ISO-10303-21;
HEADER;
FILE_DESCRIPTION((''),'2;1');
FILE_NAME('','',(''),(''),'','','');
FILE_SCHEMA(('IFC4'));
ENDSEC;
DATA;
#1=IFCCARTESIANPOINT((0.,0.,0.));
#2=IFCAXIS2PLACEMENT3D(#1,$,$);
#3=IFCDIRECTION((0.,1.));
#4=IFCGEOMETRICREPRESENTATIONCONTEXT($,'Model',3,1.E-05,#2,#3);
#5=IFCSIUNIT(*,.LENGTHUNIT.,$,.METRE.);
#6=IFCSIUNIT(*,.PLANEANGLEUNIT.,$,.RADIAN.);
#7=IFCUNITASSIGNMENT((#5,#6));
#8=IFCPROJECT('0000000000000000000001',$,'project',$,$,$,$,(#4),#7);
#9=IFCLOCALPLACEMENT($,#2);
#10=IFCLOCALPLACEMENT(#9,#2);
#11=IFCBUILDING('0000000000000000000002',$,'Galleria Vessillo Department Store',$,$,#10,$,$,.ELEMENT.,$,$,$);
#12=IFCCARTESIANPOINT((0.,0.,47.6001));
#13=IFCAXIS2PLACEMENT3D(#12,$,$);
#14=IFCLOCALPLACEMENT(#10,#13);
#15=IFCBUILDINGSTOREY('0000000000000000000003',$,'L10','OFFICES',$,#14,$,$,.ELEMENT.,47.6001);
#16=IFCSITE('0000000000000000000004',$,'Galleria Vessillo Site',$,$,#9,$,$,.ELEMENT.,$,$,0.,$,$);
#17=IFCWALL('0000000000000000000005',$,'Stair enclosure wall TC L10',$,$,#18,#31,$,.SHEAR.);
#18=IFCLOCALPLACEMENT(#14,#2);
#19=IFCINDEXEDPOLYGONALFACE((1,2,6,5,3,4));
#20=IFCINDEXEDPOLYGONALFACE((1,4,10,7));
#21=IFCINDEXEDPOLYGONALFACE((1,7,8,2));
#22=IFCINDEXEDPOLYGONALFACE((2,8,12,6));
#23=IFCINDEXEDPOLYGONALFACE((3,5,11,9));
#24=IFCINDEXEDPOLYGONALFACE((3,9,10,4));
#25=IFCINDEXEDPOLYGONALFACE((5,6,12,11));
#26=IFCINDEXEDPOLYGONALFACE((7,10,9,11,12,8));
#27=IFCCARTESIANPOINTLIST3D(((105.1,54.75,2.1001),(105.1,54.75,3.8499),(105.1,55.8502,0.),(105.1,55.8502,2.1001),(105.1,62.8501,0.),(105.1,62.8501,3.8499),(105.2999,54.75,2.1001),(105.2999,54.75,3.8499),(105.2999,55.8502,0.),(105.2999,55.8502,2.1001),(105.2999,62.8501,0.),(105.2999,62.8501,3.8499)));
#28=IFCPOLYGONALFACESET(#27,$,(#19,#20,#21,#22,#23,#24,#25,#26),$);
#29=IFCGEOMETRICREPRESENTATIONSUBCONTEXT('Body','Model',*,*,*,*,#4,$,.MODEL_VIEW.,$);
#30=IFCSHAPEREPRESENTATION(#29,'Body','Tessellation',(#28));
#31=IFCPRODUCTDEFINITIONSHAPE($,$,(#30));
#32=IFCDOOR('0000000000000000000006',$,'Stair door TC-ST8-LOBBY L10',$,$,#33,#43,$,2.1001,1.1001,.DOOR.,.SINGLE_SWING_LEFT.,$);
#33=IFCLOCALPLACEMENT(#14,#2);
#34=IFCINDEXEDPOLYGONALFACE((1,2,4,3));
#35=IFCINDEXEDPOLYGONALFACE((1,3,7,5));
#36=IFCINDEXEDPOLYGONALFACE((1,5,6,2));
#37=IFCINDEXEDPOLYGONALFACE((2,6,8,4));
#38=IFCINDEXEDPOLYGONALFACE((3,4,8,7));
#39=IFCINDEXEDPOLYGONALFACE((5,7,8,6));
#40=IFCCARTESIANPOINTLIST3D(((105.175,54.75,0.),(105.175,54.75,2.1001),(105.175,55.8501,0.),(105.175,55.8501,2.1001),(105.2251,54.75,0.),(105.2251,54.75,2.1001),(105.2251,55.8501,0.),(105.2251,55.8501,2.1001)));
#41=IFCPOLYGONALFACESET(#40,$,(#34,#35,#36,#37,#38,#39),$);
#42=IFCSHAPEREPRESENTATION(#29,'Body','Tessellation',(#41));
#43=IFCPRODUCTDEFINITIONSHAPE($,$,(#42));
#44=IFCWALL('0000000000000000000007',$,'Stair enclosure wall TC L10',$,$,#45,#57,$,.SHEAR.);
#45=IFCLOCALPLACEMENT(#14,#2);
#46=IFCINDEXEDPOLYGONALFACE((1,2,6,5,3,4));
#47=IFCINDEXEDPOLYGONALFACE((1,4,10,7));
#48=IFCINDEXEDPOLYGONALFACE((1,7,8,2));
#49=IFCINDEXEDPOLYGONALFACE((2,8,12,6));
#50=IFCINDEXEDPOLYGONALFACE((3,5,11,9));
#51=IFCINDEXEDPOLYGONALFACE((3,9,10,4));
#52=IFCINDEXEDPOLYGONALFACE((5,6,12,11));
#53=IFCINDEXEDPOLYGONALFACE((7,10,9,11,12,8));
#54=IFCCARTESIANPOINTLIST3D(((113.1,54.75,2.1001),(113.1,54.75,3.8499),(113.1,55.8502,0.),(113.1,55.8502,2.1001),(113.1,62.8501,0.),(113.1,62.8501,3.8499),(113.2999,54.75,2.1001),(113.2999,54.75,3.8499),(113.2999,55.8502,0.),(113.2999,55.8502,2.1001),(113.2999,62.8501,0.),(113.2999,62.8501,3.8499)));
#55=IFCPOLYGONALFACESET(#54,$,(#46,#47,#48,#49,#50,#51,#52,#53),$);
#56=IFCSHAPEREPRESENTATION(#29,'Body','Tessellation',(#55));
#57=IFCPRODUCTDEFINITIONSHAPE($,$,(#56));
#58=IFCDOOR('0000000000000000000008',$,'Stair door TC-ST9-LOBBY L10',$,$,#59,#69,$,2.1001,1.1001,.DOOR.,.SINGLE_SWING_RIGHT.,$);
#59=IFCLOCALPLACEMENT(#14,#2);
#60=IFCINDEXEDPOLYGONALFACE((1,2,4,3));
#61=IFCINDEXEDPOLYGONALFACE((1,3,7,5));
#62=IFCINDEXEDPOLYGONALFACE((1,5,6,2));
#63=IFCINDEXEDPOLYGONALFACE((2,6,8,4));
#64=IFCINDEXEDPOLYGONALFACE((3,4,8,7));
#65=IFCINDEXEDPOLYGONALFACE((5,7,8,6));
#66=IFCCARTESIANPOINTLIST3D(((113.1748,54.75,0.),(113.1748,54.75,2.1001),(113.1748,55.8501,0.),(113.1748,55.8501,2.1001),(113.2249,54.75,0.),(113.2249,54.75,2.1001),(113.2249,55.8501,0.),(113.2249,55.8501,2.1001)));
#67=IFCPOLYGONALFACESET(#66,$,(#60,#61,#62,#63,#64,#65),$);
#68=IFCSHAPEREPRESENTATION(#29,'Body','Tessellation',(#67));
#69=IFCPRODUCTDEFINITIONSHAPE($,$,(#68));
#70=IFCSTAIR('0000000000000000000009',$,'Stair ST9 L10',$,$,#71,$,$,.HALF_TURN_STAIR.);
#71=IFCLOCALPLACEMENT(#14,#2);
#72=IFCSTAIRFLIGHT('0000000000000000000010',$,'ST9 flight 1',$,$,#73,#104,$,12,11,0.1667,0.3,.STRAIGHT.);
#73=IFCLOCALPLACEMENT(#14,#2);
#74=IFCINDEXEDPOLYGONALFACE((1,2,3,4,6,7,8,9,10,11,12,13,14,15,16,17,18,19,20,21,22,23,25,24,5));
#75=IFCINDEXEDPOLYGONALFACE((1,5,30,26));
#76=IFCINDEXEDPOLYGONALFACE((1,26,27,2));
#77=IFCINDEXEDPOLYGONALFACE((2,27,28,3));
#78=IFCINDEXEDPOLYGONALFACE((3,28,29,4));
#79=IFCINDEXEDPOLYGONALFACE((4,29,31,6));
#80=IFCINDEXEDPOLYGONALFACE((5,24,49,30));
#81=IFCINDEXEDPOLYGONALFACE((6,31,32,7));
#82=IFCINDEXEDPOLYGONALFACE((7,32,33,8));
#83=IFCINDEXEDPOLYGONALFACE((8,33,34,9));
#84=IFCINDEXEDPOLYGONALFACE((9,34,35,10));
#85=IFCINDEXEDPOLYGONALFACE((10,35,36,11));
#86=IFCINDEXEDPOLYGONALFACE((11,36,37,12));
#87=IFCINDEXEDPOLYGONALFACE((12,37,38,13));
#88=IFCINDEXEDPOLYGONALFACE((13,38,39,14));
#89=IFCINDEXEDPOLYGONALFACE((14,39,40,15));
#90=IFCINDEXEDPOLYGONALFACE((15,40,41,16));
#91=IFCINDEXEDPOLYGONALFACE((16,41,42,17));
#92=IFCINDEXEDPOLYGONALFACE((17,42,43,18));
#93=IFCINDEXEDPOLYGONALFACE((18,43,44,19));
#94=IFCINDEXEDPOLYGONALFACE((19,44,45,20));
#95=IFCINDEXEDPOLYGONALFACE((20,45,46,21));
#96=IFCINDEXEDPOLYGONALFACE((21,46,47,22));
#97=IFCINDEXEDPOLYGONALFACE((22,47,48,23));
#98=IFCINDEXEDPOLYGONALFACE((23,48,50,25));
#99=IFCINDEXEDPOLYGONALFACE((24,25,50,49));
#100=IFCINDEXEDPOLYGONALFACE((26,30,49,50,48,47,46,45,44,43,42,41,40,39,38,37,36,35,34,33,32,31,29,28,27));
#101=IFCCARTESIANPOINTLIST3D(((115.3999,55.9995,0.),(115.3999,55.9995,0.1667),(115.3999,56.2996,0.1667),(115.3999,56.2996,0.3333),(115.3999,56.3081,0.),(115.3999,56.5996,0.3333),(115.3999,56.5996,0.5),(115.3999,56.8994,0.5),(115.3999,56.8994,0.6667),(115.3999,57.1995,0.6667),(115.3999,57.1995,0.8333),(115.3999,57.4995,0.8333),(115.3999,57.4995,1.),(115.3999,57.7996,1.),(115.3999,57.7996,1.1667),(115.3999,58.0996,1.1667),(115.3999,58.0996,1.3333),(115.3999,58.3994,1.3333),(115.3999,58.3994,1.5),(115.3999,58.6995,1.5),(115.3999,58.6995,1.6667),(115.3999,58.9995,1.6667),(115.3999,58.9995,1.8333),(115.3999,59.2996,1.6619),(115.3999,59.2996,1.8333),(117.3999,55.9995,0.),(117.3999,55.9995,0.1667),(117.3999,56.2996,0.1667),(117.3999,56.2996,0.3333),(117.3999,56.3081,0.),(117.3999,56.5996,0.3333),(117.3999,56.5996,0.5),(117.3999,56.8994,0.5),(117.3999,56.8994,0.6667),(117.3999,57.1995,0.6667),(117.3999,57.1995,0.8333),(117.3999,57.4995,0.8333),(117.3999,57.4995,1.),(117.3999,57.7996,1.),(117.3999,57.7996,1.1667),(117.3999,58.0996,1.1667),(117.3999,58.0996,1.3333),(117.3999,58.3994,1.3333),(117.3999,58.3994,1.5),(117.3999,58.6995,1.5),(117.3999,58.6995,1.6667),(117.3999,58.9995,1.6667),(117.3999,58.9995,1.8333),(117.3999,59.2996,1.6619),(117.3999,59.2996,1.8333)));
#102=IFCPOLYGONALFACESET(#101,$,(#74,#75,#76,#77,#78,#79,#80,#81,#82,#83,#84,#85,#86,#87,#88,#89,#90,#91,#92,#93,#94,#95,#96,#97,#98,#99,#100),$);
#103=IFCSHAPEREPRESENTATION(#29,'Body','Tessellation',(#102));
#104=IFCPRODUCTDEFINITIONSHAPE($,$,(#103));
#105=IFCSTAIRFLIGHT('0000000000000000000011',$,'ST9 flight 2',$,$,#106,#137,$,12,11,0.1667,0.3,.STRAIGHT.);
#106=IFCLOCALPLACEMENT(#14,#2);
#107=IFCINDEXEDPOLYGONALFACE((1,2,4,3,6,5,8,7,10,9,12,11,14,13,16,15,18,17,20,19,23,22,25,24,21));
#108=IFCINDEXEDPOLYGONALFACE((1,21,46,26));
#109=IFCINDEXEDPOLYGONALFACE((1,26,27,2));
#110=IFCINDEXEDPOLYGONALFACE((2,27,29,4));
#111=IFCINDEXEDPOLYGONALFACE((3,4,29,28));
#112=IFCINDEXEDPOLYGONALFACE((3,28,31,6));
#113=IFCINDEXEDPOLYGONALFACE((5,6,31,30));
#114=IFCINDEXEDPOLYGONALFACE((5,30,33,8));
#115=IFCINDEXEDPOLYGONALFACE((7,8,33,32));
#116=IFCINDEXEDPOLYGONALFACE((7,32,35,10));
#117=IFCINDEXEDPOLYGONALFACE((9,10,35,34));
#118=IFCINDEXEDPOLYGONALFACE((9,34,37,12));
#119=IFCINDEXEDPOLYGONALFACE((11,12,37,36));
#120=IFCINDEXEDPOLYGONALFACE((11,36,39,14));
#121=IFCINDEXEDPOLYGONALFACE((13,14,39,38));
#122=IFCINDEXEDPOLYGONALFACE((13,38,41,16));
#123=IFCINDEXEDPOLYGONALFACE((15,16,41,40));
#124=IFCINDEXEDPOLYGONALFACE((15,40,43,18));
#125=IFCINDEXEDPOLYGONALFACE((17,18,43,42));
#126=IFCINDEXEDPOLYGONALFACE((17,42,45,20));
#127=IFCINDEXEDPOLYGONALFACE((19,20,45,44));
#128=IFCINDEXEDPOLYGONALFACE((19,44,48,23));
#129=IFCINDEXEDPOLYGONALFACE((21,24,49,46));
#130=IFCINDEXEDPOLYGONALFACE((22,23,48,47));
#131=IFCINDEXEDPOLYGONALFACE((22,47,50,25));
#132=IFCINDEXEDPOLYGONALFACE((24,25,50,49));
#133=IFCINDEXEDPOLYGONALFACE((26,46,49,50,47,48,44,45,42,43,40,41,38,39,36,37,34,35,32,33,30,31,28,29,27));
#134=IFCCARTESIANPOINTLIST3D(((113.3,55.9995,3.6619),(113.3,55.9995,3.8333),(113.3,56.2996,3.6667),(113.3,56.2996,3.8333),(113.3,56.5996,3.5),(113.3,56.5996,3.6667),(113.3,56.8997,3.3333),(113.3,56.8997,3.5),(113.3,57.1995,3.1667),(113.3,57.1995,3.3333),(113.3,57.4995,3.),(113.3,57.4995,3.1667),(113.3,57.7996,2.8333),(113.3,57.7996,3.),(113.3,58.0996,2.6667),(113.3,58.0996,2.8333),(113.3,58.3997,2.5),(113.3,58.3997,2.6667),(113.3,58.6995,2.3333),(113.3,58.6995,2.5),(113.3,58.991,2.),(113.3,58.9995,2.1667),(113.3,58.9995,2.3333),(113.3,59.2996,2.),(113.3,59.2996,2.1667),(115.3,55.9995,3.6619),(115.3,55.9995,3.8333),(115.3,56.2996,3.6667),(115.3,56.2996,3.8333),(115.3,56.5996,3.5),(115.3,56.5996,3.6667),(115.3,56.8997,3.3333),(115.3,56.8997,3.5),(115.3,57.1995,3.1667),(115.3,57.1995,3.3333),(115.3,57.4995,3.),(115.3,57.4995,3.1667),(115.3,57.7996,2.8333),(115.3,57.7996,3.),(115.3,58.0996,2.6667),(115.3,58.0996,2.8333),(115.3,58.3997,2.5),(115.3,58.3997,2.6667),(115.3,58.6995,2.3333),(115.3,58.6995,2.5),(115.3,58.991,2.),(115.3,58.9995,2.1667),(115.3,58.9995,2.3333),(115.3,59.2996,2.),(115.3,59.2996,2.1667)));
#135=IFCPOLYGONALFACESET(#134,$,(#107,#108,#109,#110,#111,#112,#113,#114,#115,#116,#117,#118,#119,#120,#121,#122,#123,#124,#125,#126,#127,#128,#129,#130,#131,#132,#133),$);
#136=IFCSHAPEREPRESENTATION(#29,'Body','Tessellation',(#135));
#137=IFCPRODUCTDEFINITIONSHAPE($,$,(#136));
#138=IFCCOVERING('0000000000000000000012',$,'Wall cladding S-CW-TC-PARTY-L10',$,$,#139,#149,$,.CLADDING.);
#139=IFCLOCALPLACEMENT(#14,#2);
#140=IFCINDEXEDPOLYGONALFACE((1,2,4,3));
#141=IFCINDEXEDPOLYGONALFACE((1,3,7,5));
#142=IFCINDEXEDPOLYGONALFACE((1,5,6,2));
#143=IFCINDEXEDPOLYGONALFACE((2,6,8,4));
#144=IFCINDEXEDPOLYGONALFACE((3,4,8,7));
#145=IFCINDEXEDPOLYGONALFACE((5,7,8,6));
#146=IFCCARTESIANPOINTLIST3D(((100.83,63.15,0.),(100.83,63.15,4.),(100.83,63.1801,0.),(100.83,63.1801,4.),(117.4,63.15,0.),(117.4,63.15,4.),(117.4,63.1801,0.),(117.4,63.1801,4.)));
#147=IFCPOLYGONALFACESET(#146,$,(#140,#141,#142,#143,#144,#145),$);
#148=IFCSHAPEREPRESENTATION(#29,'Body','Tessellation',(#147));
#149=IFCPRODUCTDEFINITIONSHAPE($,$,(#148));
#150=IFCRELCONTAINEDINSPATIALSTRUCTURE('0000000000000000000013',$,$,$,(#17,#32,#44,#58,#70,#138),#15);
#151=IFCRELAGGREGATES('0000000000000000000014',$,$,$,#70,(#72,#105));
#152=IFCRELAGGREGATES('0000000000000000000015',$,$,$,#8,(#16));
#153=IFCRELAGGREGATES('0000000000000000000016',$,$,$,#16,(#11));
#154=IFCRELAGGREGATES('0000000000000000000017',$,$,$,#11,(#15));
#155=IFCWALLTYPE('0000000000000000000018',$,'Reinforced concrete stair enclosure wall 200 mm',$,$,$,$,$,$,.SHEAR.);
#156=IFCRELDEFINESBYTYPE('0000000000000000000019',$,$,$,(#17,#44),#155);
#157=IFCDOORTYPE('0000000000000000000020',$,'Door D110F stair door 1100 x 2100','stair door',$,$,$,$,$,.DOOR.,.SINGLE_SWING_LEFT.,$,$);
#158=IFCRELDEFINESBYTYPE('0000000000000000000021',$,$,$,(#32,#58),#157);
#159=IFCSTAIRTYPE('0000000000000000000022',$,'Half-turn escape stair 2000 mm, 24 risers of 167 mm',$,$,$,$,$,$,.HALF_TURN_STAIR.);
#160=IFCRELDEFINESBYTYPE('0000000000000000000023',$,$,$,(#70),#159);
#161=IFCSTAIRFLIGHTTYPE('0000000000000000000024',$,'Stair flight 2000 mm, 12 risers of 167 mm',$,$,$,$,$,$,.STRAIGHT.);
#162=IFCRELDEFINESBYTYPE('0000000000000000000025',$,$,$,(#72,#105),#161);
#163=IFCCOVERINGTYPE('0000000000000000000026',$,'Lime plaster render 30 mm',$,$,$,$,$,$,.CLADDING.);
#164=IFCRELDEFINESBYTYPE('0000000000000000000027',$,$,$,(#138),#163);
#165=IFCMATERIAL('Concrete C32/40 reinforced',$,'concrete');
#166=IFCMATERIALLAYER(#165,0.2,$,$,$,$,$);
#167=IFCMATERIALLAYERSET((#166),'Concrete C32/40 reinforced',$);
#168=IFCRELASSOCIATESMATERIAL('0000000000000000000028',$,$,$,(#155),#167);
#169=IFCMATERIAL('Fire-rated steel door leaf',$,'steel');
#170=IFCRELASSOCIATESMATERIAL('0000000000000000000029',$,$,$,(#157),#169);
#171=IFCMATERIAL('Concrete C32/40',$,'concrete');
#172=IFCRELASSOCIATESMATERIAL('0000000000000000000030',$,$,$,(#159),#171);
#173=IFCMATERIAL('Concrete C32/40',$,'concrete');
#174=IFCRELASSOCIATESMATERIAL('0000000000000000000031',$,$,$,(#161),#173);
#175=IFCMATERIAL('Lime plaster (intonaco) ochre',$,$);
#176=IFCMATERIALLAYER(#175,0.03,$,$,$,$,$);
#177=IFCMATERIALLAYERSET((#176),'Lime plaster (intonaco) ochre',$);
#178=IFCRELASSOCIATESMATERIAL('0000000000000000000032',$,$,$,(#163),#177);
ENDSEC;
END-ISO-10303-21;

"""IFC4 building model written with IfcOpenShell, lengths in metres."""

from ifc_helpers import new_model, si_unit, direction, frame, frame_2d, origin, origin_2d, place, context, subcontext, project, spatial, polyline, rectangle, outline, extrude, material, layer, layer_set, type_object, element, fill, aggregate, save


model = new_model("IFC4")

# Units and contexts
model_context = context("Model", 3, precision=1e-05, world=origin(), true_north=direction((0.0, 1.0)))
body_context = subcontext(model_context, "Body", "Model", "MODEL_VIEW")
ifc_project = project(units=[si_unit("LENGTHUNIT", "METRE"), si_unit("PLANEANGLEUNIT", "RADIAN")], contexts=[model_context])

# Site, building, storey
site_placement = place(None, origin())
site = spatial("IfcSite", under=ifc_project, at=site_placement, Name="Galleria Vessillo Site", CompositionType="ELEMENT", RefElevation=0.0)
building_placement = place(site_placement, origin())
building = spatial("IfcBuilding", under=site, at=building_placement, Name="Galleria Vessillo Department Store", CompositionType="ELEMENT")
storey_placement = place(building_placement, frame((0.0, 0.0, 47.6001)))
storey = spatial("IfcBuildingStorey", under=building, at=storey_placement, Name="L10", Description="OFFICES", CompositionType="ELEMENT", Elevation=47.6001)

# Walls, openings, doors
ifc_material_1 = material(Name="Concrete C32/40 reinforced", Category="concrete")
ifc_layer_1 = layer(ifc_material_1, 0.2)
ifc_layer_set_1 = layer_set([ifc_layer_1], Name="Concrete C32/40 reinforced")
wall_type_1 = type_object("IfcWallType", Name="Reinforced concrete stair enclosure wall 200 mm", PredefinedType="SHEAR", material=ifc_layer_set_1)
wall_1_placement = place(storey_placement, frame((105.2, 62.8501, 0.0), z_axis=(0.0, 0.0, 1.0), x_axis=(0.0, -1.0, 0.0)))
wall_1 = element("IfcWall", 1, at=wall_1_placement, inside=storey, type_object=wall_type_1, Name="Stair enclosure wall TC L10", PredefinedType="SHEAR", context=body_context, shape_type="SweptSolid", body=[
    extrude(rectangle(XDim=8.1001, YDim=0.2, at=frame_2d((4.05, 0.0))), origin(), (0.0, 0.0, 1.0), 3.8499),
])
opening_1_placement = place(wall_1_placement, frame((7.0, 0.0, 0.0)))
opening_1 = element("IfcOpeningElement", 2, at=opening_1_placement, cuts=wall_1, PredefinedType="OPENING", context=body_context, shape_type="SweptSolid", body=[
    extrude(rectangle(XDim=1.1101, YDim=2.1001, at=frame_2d((0.5549, 1.05))), frame((0.0, 0.1099, 0.0), z_axis=(0.0, -1.0, 0.0), x_axis=(1.0, 0.0, 0.0)), (0.0, 0.0, 1.0), 0.22),
])
ifc_material_2 = material(Name="Fire-rated steel door leaf", Category="steel")
door_type_1 = type_object("IfcDoorType", Name="Door D110F stair door 1100 x 2100", Description="stair door", OperationType="SINGLE_SWING_LEFT", PredefinedType="DOOR", material=ifc_material_2)
door_1_placement = place(opening_1_placement, frame((1.1001, 0.0, 0.0), z_axis=(0.0, 0.0, 1.0), x_axis=(-1.0, 0.0, 0.0)))
door_1 = element("IfcDoor", 3, at=door_1_placement, inside=storey, type_object=door_type_1, Name="Stair door TC-ST8-LOBBY L10", OperationType="SINGLE_SWING_LEFT", OverallHeight=2.1001, OverallWidth=1.1001, PredefinedType="DOOR", context=body_context, shape_type="SweptSolid", body=[
    extrude(rectangle(XDim=1.1001, YDim=2.1001, at=frame_2d((0.55, 1.05))), frame((0.0, 0.0249, 0.0), z_axis=(0.0, -1.0, 0.0), x_axis=(1.0, 0.0, 0.0)), (0.0, 0.0, 1.0), 0.05),
])
fill(opening_1, door_1)
wall_2_placement = place(storey_placement, frame((113.2, 62.8501, 0.0), z_axis=(0.0, 0.0, 1.0), x_axis=(0.0, -1.0, 0.0)))
wall_2 = element("IfcWall", 4, at=wall_2_placement, inside=storey, type_object=wall_type_1, Name="Stair enclosure wall TC L10", PredefinedType="SHEAR", context=body_context, shape_type="SweptSolid", body=[
    extrude(rectangle(XDim=8.1001, YDim=0.2, at=frame_2d((4.05, 0.0))), origin(), (0.0, 0.0, 1.0), 3.8499),
])
opening_2_placement = place(wall_2_placement, frame((7.0, 0.0, 0.0)))
opening_2 = element("IfcOpeningElement", 5, at=opening_2_placement, cuts=wall_2, PredefinedType="OPENING", context=body_context, shape_type="SweptSolid", body=[
    extrude(rectangle(XDim=1.1101, YDim=2.1001, at=frame_2d((0.5549, 1.05))), frame((0.0, 0.1099, 0.0), z_axis=(0.0, -1.0, 0.0), x_axis=(1.0, 0.0, 0.0)), (0.0, 0.0, 1.0), 0.22),
])
door_2_placement = place(opening_2_placement, origin())
door_2 = element("IfcDoor", 6, at=door_2_placement, inside=storey, type_object=door_type_1, Name="Stair door TC-ST9-LOBBY L10", OperationType="SINGLE_SWING_RIGHT", OverallHeight=2.1001, OverallWidth=1.1001, PredefinedType="DOOR", context=body_context, shape_type="SweptSolid", body=[
    extrude(rectangle(XDim=1.1001, YDim=2.1001, at=frame_2d((0.55, 1.05))), frame((0.0, 0.0249, 0.0), z_axis=(0.0, -1.0, 0.0), x_axis=(1.0, 0.0, 0.0)), (0.0, 0.0, 1.0), 0.05),
])
fill(opening_2, door_2)

# Stair, stair flights
ifc_material_3 = material(Name="Concrete C32/40", Category="concrete")
stair_type = type_object("IfcStairType", Name="Half-turn escape stair 2000 mm, 24 risers of 167 mm", PredefinedType="HALF_TURN_STAIR", material=ifc_material_3)
stair_placement = place(storey_placement, origin())
stair = element("IfcStair", 7, at=stair_placement, inside=storey, type_object=stair_type, Name="Stair ST9 L10", PredefinedType="HALF_TURN_STAIR")
ifc_material_4 = material(Name="Concrete C32/40", Category="concrete")
stair_flight_type = type_object("IfcStairFlightType", Name="Stair flight 2000 mm, 12 risers of 167 mm", PredefinedType="STRAIGHT", material=ifc_material_4)
stair_flight_1_placement = place(storey_placement, frame((116.3999, 55.9995, 0.0), z_axis=(0.0, 0.0, 1.0), x_axis=(0.0, 1.0, 0.0)))
stair_flight_1 = element("IfcStairFlight", 8, at=stair_flight_1_placement, type_object=stair_flight_type, Name="ST9 flight 1", NumberOfRisers=12, NumberOfTreads=11, PredefinedType="STRAIGHT", RiserHeight=0.1667, TreadLength=0.3, context=body_context, shape_type="SweptSolid", body=[
    extrude(outline(polyline([(0.0, 0.0), (0.0, 0.1667), (0.3, 0.1667), (0.3, 0.3333), (0.6001, 0.3333), (0.6001, 0.5), (0.8999, 0.5), (0.8999, 0.6667), (1.2, 0.6667), (1.2, 0.8333), (1.5, 0.8333), (1.5, 1.0), (1.8, 1.0), (1.8, 1.1667), (2.1001, 1.1667), (2.1001, 1.3333), (2.3999, 1.3333), (2.3999, 1.5), (2.7, 1.5), (2.7, 1.6667), (3.0, 1.6667), (3.0, 1.8333), (3.3, 1.8333), (3.3, 2.0), (3.3, 1.6619), (0.3086, 0.0), (0.0, 0.0)])), frame((0.0, 1.0, 0.0), z_axis=(0.0, -1.0, 0.0), x_axis=(1.0, 0.0, 0.0)), (0.0, 0.0, 1.0), 2.0),
])
stair_flight_2_placement = place(storey_placement, frame((114.3, 59.2996, 2.0), z_axis=(0.0, 0.0, 1.0), x_axis=(0.0, -1.0, 0.0)))
stair_flight_2 = element("IfcStairFlight", 9, at=stair_flight_2_placement, type_object=stair_flight_type, Name="ST9 flight 2", NumberOfRisers=12, NumberOfTreads=11, PredefinedType="STRAIGHT", RiserHeight=0.1667, TreadLength=0.3, context=body_context, shape_type="SweptSolid", body=[
    extrude(outline(polyline([(0.0, 0.0), (0.0, 0.1667), (0.3, 0.1667), (0.3, 0.3333), (0.6001, 0.3333), (0.6001, 0.5), (0.8999, 0.5), (0.8999, 0.6667), (1.2, 0.6667), (1.2, 0.8333), (1.5, 0.8333), (1.5, 1.0), (1.8, 1.0), (1.8, 1.1667), (2.1001, 1.1667), (2.1001, 1.3333), (2.3999, 1.3333), (2.3999, 1.5), (2.7, 1.5), (2.7, 1.6667), (3.0, 1.6667), (3.0, 1.8333), (3.3, 1.8333), (3.3, 2.0), (3.3, 1.6619), (0.3086, 0.0), (0.0, 0.0)])), frame((0.0, 1.0, 0.0), z_axis=(0.0, -1.0, 0.0), x_axis=(1.0, 0.0, 0.0)), (0.0, 0.0, 1.0), 2.0),
])
aggregate(stair, [stair_flight_1, stair_flight_2])

# Covering
ifc_material_5 = material(Name="Lime plaster (intonaco) ochre")
ifc_layer_2 = layer(ifc_material_5, 0.03)
ifc_layer_set_2 = layer_set([ifc_layer_2], Name="Lime plaster (intonaco) ochre")
covering_type = type_object("IfcCoveringType", Name="Lime plaster render 30 mm", PredefinedType="CLADDING", material=ifc_layer_set_2)
covering_placement = place(storey_placement, frame((109.115, 63.165, 0.0), z_axis=(0.0, 0.0, 1.0), x_axis=(1.0, 0.0, 0.0)))
element("IfcCovering", 10, at=covering_placement, inside=storey, type_object=covering_type, Name="Wall cladding S-CW-TC-PARTY-L10", PredefinedType="CLADDING", context=body_context, shape_type="SweptSolid", body=[
    extrude(rectangle(XDim=16.5701, YDim=0.03, at=origin_2d()), origin(), (0.0, 0.0, 1.0), 4.0),
])

save(model, "model.ifc")
